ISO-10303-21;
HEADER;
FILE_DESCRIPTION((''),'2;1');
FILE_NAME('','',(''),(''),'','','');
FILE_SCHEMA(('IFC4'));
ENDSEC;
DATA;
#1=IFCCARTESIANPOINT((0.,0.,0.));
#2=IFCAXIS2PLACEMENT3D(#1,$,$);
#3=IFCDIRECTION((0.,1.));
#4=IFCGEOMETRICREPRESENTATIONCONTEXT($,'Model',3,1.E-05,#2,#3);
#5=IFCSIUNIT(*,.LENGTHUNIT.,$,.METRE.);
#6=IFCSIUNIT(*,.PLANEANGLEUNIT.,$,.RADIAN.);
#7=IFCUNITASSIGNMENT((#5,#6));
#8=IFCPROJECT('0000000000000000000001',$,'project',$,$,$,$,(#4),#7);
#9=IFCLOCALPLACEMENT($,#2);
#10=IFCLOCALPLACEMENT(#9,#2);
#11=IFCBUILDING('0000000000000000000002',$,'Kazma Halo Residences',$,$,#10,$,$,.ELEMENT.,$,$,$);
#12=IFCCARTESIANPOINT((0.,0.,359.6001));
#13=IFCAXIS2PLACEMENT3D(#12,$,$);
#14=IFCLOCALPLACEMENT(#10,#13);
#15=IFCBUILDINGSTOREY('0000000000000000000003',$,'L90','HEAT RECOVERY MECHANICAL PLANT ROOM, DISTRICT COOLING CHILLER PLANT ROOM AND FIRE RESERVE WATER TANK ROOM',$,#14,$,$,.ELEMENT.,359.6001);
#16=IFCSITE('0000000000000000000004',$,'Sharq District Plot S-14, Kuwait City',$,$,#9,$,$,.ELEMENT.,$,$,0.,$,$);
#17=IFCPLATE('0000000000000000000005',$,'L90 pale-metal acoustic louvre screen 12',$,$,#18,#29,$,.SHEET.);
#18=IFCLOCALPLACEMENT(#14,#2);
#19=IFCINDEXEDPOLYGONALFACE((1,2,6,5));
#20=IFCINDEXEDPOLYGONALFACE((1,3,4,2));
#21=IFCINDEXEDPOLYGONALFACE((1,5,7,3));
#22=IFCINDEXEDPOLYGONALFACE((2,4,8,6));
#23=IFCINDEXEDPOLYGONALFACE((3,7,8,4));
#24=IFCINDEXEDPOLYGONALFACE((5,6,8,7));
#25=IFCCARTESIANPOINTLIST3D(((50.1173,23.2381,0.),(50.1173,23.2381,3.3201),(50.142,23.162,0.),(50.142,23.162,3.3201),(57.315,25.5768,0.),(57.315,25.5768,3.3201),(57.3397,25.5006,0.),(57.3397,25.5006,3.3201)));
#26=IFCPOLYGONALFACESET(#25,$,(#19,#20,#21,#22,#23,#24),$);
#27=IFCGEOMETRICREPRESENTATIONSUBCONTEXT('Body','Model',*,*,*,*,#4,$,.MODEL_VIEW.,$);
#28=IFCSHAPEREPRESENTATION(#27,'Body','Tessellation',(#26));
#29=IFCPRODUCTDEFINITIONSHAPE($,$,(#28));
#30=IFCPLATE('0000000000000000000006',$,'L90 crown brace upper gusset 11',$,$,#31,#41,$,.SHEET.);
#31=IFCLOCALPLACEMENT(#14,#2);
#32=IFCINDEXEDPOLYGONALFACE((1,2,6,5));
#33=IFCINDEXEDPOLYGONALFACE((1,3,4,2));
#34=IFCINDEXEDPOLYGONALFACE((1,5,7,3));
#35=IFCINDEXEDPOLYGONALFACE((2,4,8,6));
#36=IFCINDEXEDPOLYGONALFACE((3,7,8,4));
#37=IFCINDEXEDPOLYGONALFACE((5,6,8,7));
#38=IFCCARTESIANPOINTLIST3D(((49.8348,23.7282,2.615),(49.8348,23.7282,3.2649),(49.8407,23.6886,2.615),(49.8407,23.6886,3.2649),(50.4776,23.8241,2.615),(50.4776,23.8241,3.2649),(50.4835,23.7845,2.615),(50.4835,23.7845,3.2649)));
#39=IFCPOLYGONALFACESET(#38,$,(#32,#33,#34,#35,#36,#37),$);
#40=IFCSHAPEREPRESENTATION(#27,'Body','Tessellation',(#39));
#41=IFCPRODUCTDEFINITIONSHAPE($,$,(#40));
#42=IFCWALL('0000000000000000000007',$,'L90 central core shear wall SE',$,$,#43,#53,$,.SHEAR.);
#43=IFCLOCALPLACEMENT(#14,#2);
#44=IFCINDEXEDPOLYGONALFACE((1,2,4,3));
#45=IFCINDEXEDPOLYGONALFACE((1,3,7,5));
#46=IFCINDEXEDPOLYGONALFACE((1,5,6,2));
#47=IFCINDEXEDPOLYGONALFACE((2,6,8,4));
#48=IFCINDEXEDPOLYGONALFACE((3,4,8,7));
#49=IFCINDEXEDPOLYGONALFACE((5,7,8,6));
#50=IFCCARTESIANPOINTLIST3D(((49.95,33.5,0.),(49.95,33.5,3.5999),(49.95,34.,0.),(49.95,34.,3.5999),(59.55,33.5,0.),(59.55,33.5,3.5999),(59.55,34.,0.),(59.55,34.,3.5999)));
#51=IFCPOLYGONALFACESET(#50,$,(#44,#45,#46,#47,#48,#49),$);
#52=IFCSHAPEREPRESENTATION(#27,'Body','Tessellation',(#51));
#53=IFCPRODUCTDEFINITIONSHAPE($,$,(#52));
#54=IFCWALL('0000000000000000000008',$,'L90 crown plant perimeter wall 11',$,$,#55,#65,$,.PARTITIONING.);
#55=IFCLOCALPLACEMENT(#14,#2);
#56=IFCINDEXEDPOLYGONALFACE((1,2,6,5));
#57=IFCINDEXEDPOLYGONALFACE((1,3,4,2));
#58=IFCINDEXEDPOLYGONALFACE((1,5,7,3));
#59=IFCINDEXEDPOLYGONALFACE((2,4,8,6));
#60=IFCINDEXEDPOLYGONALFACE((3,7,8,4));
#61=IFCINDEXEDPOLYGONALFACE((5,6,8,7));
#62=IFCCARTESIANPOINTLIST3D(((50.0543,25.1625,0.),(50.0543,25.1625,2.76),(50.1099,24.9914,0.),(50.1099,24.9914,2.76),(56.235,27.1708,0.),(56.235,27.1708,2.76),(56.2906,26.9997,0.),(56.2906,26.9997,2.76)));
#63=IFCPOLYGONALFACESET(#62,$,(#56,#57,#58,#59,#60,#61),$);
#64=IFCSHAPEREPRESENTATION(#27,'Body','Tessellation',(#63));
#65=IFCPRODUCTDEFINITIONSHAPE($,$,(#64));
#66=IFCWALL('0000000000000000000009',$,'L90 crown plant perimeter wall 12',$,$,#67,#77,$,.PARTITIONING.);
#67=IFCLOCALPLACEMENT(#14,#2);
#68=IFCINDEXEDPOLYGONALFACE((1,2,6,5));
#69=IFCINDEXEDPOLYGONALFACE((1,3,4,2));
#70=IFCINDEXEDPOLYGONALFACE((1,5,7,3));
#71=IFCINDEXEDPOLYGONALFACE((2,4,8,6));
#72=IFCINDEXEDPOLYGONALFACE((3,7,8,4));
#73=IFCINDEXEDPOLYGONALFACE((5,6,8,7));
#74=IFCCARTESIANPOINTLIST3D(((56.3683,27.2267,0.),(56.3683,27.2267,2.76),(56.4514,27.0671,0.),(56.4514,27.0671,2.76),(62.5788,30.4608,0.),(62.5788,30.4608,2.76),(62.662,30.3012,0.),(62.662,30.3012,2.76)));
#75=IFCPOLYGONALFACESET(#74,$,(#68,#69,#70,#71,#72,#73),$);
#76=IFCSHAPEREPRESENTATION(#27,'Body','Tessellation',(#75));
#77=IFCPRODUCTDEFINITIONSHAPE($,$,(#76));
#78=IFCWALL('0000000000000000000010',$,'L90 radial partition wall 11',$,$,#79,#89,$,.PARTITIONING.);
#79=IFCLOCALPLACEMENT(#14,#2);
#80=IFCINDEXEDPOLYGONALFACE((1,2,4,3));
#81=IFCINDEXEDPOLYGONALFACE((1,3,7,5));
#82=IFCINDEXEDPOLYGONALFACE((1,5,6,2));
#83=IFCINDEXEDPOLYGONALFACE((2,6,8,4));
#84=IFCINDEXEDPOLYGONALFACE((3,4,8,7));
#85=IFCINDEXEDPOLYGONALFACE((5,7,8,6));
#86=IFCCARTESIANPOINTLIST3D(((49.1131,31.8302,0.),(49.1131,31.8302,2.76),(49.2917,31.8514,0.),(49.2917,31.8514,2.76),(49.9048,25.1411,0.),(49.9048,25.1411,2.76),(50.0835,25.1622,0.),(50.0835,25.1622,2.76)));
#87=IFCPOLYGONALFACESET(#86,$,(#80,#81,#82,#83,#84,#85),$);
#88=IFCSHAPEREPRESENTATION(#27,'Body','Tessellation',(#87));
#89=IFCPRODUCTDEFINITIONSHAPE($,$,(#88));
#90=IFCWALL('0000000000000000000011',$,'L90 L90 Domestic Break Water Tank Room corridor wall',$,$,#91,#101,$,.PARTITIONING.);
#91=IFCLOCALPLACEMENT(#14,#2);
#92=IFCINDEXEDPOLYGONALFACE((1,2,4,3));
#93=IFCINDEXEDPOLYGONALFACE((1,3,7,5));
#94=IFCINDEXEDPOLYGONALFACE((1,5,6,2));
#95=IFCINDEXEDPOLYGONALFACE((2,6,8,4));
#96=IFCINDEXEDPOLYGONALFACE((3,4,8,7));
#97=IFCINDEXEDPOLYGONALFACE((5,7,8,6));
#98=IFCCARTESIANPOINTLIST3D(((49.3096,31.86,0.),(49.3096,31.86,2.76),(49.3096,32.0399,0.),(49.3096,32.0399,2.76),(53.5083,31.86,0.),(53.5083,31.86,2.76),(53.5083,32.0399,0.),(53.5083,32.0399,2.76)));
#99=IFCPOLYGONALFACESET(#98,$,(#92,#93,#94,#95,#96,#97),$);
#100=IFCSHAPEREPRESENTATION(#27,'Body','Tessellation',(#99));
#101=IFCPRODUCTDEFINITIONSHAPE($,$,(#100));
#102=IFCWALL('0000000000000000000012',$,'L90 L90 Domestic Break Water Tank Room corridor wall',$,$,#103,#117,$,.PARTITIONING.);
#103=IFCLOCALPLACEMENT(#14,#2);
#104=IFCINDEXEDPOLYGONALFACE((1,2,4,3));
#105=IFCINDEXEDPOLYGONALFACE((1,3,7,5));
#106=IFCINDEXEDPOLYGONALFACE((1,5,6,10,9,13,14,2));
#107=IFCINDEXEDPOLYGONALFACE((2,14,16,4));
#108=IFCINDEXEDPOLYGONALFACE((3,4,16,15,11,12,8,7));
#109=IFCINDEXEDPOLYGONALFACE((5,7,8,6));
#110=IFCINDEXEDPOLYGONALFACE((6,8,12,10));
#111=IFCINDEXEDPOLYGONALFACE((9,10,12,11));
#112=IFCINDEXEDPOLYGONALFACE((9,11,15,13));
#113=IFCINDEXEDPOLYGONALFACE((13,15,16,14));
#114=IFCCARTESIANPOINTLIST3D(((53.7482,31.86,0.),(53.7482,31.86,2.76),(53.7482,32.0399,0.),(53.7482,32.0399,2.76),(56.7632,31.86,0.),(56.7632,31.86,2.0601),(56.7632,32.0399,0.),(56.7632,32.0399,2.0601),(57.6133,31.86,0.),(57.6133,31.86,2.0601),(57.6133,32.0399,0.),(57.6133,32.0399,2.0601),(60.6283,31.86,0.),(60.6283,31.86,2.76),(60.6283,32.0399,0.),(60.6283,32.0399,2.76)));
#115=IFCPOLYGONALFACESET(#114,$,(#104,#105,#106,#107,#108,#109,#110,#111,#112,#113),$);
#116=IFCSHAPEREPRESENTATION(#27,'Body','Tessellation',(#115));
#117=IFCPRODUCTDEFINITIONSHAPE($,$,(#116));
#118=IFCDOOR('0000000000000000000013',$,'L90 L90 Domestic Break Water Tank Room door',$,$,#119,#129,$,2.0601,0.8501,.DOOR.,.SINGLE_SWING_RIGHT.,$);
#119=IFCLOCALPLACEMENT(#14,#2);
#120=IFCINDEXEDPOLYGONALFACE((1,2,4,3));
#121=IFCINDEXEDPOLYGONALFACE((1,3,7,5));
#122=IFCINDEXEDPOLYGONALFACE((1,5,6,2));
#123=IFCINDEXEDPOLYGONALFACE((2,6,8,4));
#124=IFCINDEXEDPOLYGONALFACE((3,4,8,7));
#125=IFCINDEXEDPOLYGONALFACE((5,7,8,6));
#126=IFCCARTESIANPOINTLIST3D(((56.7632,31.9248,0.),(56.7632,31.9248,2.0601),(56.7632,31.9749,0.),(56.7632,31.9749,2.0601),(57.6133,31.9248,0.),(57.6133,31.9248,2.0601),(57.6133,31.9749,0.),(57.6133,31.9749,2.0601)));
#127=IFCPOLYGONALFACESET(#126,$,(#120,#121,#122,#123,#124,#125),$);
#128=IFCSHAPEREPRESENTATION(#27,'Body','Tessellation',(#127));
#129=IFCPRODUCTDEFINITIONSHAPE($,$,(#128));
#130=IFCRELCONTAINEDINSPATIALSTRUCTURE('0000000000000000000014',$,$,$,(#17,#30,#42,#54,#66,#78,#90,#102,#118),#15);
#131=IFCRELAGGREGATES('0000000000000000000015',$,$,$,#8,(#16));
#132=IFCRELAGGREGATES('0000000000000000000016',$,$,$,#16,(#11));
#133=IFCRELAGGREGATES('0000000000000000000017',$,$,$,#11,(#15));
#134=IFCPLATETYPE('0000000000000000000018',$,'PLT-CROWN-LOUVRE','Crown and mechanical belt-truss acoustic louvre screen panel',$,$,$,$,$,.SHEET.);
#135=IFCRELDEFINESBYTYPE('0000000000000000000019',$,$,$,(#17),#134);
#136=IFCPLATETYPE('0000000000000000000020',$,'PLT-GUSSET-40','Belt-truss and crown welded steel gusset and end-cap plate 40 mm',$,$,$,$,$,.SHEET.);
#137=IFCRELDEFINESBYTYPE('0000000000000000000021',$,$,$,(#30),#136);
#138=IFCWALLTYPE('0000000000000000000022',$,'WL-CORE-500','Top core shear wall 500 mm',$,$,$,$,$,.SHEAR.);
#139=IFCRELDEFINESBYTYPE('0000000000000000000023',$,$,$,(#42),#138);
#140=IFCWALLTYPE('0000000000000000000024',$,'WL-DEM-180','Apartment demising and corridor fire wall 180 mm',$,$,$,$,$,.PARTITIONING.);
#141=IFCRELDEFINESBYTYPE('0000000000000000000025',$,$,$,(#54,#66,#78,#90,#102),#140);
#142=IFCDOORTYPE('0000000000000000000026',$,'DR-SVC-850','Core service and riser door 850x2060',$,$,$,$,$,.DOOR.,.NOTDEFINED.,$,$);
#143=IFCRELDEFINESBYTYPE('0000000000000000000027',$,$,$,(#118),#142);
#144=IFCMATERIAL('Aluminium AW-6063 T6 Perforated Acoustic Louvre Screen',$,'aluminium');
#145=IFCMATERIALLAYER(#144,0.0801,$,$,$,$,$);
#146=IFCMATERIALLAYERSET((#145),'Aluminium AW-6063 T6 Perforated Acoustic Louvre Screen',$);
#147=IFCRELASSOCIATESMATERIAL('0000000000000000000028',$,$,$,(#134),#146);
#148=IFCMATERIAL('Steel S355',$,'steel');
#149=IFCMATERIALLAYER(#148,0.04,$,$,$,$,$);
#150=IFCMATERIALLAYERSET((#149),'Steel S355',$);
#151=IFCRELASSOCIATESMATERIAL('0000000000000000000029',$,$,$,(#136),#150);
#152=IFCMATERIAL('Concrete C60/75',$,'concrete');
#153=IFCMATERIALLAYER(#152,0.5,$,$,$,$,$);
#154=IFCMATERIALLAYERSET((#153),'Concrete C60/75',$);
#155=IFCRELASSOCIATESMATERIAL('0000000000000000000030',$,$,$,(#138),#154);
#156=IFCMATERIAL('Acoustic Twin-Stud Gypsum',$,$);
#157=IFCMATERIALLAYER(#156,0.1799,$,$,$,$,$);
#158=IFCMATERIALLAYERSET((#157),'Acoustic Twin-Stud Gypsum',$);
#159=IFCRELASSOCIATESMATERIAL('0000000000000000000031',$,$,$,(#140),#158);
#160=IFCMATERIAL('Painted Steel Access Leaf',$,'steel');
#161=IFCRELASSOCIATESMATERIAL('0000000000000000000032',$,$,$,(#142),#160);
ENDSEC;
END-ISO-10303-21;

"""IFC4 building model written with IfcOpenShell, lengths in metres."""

from ifc_helpers import new_model, si_unit, direction, frame, frame_2d, origin, origin_2d, place, context, subcontext, project, spatial, rectangle, extrude, material, layer, layer_set, type_object, element, fill, save


model = new_model("IFC4")

# Units and contexts
model_context = context("Model", 3, precision=1e-05, world=origin(), true_north=direction((0.0, 1.0)))
body_context = subcontext(model_context, "Body", "Model", "MODEL_VIEW")
ifc_project = project(units=[si_unit("LENGTHUNIT", "METRE"), si_unit("PLANEANGLEUNIT", "RADIAN")], contexts=[model_context])

# Site, building, storey
site_placement = place(None, origin())
site = spatial("IfcSite", under=ifc_project, at=site_placement, Name="Sharq District Plot S-14, Kuwait City", CompositionType="ELEMENT", RefElevation=0.0)
building_placement = place(site_placement, origin())
building = spatial("IfcBuilding", under=site, at=building_placement, Name="Kazma Halo Residences", CompositionType="ELEMENT")
storey_placement = place(building_placement, frame((0.0, 0.0, 359.6001)))
storey = spatial("IfcBuildingStorey", under=building, at=storey_placement, Name="L90", Description="HEAT RECOVERY MECHANICAL PLANT ROOM, DISTRICT COOLING CHILLER PLANT ROOM AND FIRE RESERVE WATER TANK ROOM", CompositionType="ELEMENT", Elevation=359.6001)

# Shared definitions
ifc_material_1 = material(Name="Steel S355", Category="steel")

# Plates
ifc_material_2 = material(Name="Aluminium AW-6063 T6 Perforated Acoustic Louvre Screen", Category="aluminium")
ifc_layer_1 = layer(ifc_material_2, 0.0801)
ifc_layer_set_1 = layer_set([ifc_layer_1], Name="Aluminium AW-6063 T6 Perforated Acoustic Louvre Screen")
plate_type_1 = type_object("IfcPlateType", Name="PLT-CROWN-LOUVRE", Description="Crown and mechanical belt-truss acoustic louvre screen panel", PredefinedType="SHEET", material=ifc_layer_set_1)
plate_1_placement = place(storey_placement, frame((53.7285, 24.3694, 0.0), z_axis=(0.0, 0.0, 1.0), x_axis=(0.951058, 0.309012, 0.0)))
element("IfcPlate", 1, at=plate_1_placement, inside=storey, type_object=plate_type_1, Name="L90 pale-metal acoustic louvre screen 12", PredefinedType="SHEET", context=body_context, shape_type="SweptSolid", body=[
    extrude(rectangle(XDim=7.5681, YDim=0.0801, at=origin_2d()), origin(), (0.0, 0.0, 1.0), 3.3201),
])
ifc_layer_2 = layer(ifc_material_1, 0.04)
ifc_layer_set_2 = layer_set([ifc_layer_2], Name="Steel S355")
plate_type_2 = type_object("IfcPlateType", Name="PLT-GUSSET-40", Description="Belt-truss and crown welded steel gusset and end-cap plate 40 mm", PredefinedType="SHEET", material=ifc_layer_set_2)
plate_2_placement = place(storey_placement, frame((50.1592, 23.7563, 2.615), z_axis=(0.0, 0.0, 1.0), x_axis=(0.989034, 0.147687, 0.0)))
element("IfcPlate", 2, at=plate_2_placement, inside=storey, type_object=plate_type_2, Name="L90 crown brace upper gusset 11", PredefinedType="SHEET", context=body_context, shape_type="SweptSolid", body=[
    extrude(rectangle(XDim=0.6499, YDim=0.04, at=origin_2d()), origin(), (0.0, 0.0, 1.0), 0.6499),
])

# Walls
ifc_material_3 = material(Name="Concrete C60/75", Category="concrete")
ifc_layer_3 = layer(ifc_material_3, 0.5)
ifc_layer_set_3 = layer_set([ifc_layer_3], Name="Concrete C60/75")
wall_type_1 = type_object("IfcWallType", Name="WL-CORE-500", Description="Top core shear wall 500 mm", PredefinedType="SHEAR", material=ifc_layer_set_3)
wall_1_placement = place(storey_placement, frame((49.95, 33.75, 0.0), z_axis=(0.0, 0.0, 1.0), x_axis=(1.0, 0.0, 0.0)))
element("IfcWall", 3, at=wall_1_placement, inside=storey, type_object=wall_type_1, Name="L90 central core shear wall SE", PredefinedType="SHEAR", context=body_context, shape_type="SweptSolid", body=[
    extrude(rectangle(XDim=9.6001, YDim=0.5, at=frame_2d((4.8, 0.0))), origin(), (0.0, 0.0, 1.0), 3.5999),
])
ifc_material_4 = material(Name="Acoustic Twin-Stud Gypsum")
ifc_layer_4 = layer(ifc_material_4, 0.1799)
ifc_layer_set_4 = layer_set([ifc_layer_4], Name="Acoustic Twin-Stud Gypsum")
wall_type_2 = type_object("IfcWallType", Name="WL-DEM-180", Description="Apartment demising and corridor fire wall 180 mm", PredefinedType="PARTITIONING", material=ifc_layer_set_4)
wall_2_placement = place(storey_placement, frame((50.082, 25.0769, 0.0), z_axis=(0.0, 0.0, 1.0), x_axis=(0.951053, 0.309028, 0.0)))
element("IfcWall", 4, at=wall_2_placement, inside=storey, type_object=wall_type_2, Name="L90 crown plant perimeter wall 11", PredefinedType="PARTITIONING", context=body_context, shape_type="SweptSolid", body=[
    extrude(rectangle(XDim=6.4988, YDim=0.1799, at=frame_2d((3.2495, 0.0))), origin(), (0.0, 0.0, 1.0), 2.76),
])
wall_3_placement = place(storey_placement, frame((56.4099, 27.147, 0.0), z_axis=(0.0, 0.0, 1.0), x_axis=(0.886949, 0.461866, 0.0)))
element("IfcWall", 5, at=wall_3_placement, inside=storey, type_object=wall_type_2, Name="L90 crown plant perimeter wall 12", PredefinedType="PARTITIONING", context=body_context, shape_type="SweptSolid", body=[
    extrude(rectangle(XDim=7.0022, YDim=0.1799, at=frame_2d((3.501, 0.0))), origin(), (0.0, 0.0, 1.0), 2.76),
])
wall_4_placement = place(storey_placement, frame((49.2024, 31.8408, 0.0), z_axis=(0.0, 0.0, 1.0), x_axis=(0.117541, -0.993068, 0.0)))
element("IfcWall", 6, at=wall_4_placement, inside=storey, type_object=wall_type_2, Name="L90 radial partition wall 11", PredefinedType="PARTITIONING", context=body_context, shape_type="SweptSolid", body=[
    extrude(rectangle(XDim=6.7358, YDim=0.1799, at=frame_2d((3.3679, 0.0))), origin(), (0.0, 0.0, 1.0), 2.76),
])
wall_5_placement = place(storey_placement, frame((49.3096, 31.95, 0.0), z_axis=(0.0, 0.0, 1.0), x_axis=(1.0, 0.0, 0.0)))
element("IfcWall", 7, at=wall_5_placement, inside=storey, type_object=wall_type_2, Name="L90 L90 Domestic Break Water Tank Room corridor wall", PredefinedType="PARTITIONING", context=body_context, shape_type="SweptSolid", body=[
    extrude(rectangle(XDim=4.1987, YDim=0.1799, at=frame_2d((2.0994, 0.0))), origin(), (0.0, 0.0, 1.0), 2.76),
])

# Wall, opening, door
wall_6_placement = place(storey_placement, frame((53.7483, 31.95, 0.0), z_axis=(0.0, 0.0, 1.0), x_axis=(1.0, 0.0, 0.0)))
wall_6 = element("IfcWall", 8, at=wall_6_placement, inside=storey, type_object=wall_type_2, Name="L90 L90 Domestic Break Water Tank Room corridor wall", PredefinedType="PARTITIONING", context=body_context, shape_type="SweptSolid", body=[
    extrude(rectangle(XDim=6.8801, YDim=0.1799, at=frame_2d((3.4399, 0.0))), origin(), (0.0, 0.0, 1.0), 2.76),
])
opening_placement = place(wall_6_placement, frame((3.0149, 0.0, 0.0)))
opening = element("IfcOpeningElement", 9, at=opening_placement, cuts=wall_6, PredefinedType="OPENING", context=body_context, shape_type="SweptSolid", body=[
    extrude(rectangle(XDim=0.8501, YDim=2.0601, at=frame_2d((0.425, 1.03))), frame((0.0, 0.0999, 0.0), z_axis=(0.0, -1.0, 0.0), x_axis=(1.0, 0.0, 0.0)), (0.0, 0.0, 1.0), 0.2),
])
ifc_material_5 = material(Name="Painted Steel Access Leaf", Category="steel")
door_type = type_object("IfcDoorType", Name="DR-SVC-850", Description="Core service and riser door 850x2060", OperationType="NOTDEFINED", PredefinedType="DOOR", material=ifc_material_5)
door_placement = place(opening_placement, origin())
door = element("IfcDoor", 10, at=door_placement, inside=storey, type_object=door_type, Name="L90 L90 Domestic Break Water Tank Room door", OperationType="SINGLE_SWING_RIGHT", OverallHeight=2.0601, OverallWidth=0.8501, PredefinedType="DOOR", context=body_context, shape_type="SweptSolid", body=[
    extrude(rectangle(XDim=0.8501, YDim=2.0601, at=frame_2d((0.425, 1.03))), frame((0.0, 0.0249, 0.0), z_axis=(0.0, -1.0, 0.0), x_axis=(1.0, 0.0, 0.0)), (0.0, 0.0, 1.0), 0.05),
])
fill(opening, door)

save(model, "model.ifc")
